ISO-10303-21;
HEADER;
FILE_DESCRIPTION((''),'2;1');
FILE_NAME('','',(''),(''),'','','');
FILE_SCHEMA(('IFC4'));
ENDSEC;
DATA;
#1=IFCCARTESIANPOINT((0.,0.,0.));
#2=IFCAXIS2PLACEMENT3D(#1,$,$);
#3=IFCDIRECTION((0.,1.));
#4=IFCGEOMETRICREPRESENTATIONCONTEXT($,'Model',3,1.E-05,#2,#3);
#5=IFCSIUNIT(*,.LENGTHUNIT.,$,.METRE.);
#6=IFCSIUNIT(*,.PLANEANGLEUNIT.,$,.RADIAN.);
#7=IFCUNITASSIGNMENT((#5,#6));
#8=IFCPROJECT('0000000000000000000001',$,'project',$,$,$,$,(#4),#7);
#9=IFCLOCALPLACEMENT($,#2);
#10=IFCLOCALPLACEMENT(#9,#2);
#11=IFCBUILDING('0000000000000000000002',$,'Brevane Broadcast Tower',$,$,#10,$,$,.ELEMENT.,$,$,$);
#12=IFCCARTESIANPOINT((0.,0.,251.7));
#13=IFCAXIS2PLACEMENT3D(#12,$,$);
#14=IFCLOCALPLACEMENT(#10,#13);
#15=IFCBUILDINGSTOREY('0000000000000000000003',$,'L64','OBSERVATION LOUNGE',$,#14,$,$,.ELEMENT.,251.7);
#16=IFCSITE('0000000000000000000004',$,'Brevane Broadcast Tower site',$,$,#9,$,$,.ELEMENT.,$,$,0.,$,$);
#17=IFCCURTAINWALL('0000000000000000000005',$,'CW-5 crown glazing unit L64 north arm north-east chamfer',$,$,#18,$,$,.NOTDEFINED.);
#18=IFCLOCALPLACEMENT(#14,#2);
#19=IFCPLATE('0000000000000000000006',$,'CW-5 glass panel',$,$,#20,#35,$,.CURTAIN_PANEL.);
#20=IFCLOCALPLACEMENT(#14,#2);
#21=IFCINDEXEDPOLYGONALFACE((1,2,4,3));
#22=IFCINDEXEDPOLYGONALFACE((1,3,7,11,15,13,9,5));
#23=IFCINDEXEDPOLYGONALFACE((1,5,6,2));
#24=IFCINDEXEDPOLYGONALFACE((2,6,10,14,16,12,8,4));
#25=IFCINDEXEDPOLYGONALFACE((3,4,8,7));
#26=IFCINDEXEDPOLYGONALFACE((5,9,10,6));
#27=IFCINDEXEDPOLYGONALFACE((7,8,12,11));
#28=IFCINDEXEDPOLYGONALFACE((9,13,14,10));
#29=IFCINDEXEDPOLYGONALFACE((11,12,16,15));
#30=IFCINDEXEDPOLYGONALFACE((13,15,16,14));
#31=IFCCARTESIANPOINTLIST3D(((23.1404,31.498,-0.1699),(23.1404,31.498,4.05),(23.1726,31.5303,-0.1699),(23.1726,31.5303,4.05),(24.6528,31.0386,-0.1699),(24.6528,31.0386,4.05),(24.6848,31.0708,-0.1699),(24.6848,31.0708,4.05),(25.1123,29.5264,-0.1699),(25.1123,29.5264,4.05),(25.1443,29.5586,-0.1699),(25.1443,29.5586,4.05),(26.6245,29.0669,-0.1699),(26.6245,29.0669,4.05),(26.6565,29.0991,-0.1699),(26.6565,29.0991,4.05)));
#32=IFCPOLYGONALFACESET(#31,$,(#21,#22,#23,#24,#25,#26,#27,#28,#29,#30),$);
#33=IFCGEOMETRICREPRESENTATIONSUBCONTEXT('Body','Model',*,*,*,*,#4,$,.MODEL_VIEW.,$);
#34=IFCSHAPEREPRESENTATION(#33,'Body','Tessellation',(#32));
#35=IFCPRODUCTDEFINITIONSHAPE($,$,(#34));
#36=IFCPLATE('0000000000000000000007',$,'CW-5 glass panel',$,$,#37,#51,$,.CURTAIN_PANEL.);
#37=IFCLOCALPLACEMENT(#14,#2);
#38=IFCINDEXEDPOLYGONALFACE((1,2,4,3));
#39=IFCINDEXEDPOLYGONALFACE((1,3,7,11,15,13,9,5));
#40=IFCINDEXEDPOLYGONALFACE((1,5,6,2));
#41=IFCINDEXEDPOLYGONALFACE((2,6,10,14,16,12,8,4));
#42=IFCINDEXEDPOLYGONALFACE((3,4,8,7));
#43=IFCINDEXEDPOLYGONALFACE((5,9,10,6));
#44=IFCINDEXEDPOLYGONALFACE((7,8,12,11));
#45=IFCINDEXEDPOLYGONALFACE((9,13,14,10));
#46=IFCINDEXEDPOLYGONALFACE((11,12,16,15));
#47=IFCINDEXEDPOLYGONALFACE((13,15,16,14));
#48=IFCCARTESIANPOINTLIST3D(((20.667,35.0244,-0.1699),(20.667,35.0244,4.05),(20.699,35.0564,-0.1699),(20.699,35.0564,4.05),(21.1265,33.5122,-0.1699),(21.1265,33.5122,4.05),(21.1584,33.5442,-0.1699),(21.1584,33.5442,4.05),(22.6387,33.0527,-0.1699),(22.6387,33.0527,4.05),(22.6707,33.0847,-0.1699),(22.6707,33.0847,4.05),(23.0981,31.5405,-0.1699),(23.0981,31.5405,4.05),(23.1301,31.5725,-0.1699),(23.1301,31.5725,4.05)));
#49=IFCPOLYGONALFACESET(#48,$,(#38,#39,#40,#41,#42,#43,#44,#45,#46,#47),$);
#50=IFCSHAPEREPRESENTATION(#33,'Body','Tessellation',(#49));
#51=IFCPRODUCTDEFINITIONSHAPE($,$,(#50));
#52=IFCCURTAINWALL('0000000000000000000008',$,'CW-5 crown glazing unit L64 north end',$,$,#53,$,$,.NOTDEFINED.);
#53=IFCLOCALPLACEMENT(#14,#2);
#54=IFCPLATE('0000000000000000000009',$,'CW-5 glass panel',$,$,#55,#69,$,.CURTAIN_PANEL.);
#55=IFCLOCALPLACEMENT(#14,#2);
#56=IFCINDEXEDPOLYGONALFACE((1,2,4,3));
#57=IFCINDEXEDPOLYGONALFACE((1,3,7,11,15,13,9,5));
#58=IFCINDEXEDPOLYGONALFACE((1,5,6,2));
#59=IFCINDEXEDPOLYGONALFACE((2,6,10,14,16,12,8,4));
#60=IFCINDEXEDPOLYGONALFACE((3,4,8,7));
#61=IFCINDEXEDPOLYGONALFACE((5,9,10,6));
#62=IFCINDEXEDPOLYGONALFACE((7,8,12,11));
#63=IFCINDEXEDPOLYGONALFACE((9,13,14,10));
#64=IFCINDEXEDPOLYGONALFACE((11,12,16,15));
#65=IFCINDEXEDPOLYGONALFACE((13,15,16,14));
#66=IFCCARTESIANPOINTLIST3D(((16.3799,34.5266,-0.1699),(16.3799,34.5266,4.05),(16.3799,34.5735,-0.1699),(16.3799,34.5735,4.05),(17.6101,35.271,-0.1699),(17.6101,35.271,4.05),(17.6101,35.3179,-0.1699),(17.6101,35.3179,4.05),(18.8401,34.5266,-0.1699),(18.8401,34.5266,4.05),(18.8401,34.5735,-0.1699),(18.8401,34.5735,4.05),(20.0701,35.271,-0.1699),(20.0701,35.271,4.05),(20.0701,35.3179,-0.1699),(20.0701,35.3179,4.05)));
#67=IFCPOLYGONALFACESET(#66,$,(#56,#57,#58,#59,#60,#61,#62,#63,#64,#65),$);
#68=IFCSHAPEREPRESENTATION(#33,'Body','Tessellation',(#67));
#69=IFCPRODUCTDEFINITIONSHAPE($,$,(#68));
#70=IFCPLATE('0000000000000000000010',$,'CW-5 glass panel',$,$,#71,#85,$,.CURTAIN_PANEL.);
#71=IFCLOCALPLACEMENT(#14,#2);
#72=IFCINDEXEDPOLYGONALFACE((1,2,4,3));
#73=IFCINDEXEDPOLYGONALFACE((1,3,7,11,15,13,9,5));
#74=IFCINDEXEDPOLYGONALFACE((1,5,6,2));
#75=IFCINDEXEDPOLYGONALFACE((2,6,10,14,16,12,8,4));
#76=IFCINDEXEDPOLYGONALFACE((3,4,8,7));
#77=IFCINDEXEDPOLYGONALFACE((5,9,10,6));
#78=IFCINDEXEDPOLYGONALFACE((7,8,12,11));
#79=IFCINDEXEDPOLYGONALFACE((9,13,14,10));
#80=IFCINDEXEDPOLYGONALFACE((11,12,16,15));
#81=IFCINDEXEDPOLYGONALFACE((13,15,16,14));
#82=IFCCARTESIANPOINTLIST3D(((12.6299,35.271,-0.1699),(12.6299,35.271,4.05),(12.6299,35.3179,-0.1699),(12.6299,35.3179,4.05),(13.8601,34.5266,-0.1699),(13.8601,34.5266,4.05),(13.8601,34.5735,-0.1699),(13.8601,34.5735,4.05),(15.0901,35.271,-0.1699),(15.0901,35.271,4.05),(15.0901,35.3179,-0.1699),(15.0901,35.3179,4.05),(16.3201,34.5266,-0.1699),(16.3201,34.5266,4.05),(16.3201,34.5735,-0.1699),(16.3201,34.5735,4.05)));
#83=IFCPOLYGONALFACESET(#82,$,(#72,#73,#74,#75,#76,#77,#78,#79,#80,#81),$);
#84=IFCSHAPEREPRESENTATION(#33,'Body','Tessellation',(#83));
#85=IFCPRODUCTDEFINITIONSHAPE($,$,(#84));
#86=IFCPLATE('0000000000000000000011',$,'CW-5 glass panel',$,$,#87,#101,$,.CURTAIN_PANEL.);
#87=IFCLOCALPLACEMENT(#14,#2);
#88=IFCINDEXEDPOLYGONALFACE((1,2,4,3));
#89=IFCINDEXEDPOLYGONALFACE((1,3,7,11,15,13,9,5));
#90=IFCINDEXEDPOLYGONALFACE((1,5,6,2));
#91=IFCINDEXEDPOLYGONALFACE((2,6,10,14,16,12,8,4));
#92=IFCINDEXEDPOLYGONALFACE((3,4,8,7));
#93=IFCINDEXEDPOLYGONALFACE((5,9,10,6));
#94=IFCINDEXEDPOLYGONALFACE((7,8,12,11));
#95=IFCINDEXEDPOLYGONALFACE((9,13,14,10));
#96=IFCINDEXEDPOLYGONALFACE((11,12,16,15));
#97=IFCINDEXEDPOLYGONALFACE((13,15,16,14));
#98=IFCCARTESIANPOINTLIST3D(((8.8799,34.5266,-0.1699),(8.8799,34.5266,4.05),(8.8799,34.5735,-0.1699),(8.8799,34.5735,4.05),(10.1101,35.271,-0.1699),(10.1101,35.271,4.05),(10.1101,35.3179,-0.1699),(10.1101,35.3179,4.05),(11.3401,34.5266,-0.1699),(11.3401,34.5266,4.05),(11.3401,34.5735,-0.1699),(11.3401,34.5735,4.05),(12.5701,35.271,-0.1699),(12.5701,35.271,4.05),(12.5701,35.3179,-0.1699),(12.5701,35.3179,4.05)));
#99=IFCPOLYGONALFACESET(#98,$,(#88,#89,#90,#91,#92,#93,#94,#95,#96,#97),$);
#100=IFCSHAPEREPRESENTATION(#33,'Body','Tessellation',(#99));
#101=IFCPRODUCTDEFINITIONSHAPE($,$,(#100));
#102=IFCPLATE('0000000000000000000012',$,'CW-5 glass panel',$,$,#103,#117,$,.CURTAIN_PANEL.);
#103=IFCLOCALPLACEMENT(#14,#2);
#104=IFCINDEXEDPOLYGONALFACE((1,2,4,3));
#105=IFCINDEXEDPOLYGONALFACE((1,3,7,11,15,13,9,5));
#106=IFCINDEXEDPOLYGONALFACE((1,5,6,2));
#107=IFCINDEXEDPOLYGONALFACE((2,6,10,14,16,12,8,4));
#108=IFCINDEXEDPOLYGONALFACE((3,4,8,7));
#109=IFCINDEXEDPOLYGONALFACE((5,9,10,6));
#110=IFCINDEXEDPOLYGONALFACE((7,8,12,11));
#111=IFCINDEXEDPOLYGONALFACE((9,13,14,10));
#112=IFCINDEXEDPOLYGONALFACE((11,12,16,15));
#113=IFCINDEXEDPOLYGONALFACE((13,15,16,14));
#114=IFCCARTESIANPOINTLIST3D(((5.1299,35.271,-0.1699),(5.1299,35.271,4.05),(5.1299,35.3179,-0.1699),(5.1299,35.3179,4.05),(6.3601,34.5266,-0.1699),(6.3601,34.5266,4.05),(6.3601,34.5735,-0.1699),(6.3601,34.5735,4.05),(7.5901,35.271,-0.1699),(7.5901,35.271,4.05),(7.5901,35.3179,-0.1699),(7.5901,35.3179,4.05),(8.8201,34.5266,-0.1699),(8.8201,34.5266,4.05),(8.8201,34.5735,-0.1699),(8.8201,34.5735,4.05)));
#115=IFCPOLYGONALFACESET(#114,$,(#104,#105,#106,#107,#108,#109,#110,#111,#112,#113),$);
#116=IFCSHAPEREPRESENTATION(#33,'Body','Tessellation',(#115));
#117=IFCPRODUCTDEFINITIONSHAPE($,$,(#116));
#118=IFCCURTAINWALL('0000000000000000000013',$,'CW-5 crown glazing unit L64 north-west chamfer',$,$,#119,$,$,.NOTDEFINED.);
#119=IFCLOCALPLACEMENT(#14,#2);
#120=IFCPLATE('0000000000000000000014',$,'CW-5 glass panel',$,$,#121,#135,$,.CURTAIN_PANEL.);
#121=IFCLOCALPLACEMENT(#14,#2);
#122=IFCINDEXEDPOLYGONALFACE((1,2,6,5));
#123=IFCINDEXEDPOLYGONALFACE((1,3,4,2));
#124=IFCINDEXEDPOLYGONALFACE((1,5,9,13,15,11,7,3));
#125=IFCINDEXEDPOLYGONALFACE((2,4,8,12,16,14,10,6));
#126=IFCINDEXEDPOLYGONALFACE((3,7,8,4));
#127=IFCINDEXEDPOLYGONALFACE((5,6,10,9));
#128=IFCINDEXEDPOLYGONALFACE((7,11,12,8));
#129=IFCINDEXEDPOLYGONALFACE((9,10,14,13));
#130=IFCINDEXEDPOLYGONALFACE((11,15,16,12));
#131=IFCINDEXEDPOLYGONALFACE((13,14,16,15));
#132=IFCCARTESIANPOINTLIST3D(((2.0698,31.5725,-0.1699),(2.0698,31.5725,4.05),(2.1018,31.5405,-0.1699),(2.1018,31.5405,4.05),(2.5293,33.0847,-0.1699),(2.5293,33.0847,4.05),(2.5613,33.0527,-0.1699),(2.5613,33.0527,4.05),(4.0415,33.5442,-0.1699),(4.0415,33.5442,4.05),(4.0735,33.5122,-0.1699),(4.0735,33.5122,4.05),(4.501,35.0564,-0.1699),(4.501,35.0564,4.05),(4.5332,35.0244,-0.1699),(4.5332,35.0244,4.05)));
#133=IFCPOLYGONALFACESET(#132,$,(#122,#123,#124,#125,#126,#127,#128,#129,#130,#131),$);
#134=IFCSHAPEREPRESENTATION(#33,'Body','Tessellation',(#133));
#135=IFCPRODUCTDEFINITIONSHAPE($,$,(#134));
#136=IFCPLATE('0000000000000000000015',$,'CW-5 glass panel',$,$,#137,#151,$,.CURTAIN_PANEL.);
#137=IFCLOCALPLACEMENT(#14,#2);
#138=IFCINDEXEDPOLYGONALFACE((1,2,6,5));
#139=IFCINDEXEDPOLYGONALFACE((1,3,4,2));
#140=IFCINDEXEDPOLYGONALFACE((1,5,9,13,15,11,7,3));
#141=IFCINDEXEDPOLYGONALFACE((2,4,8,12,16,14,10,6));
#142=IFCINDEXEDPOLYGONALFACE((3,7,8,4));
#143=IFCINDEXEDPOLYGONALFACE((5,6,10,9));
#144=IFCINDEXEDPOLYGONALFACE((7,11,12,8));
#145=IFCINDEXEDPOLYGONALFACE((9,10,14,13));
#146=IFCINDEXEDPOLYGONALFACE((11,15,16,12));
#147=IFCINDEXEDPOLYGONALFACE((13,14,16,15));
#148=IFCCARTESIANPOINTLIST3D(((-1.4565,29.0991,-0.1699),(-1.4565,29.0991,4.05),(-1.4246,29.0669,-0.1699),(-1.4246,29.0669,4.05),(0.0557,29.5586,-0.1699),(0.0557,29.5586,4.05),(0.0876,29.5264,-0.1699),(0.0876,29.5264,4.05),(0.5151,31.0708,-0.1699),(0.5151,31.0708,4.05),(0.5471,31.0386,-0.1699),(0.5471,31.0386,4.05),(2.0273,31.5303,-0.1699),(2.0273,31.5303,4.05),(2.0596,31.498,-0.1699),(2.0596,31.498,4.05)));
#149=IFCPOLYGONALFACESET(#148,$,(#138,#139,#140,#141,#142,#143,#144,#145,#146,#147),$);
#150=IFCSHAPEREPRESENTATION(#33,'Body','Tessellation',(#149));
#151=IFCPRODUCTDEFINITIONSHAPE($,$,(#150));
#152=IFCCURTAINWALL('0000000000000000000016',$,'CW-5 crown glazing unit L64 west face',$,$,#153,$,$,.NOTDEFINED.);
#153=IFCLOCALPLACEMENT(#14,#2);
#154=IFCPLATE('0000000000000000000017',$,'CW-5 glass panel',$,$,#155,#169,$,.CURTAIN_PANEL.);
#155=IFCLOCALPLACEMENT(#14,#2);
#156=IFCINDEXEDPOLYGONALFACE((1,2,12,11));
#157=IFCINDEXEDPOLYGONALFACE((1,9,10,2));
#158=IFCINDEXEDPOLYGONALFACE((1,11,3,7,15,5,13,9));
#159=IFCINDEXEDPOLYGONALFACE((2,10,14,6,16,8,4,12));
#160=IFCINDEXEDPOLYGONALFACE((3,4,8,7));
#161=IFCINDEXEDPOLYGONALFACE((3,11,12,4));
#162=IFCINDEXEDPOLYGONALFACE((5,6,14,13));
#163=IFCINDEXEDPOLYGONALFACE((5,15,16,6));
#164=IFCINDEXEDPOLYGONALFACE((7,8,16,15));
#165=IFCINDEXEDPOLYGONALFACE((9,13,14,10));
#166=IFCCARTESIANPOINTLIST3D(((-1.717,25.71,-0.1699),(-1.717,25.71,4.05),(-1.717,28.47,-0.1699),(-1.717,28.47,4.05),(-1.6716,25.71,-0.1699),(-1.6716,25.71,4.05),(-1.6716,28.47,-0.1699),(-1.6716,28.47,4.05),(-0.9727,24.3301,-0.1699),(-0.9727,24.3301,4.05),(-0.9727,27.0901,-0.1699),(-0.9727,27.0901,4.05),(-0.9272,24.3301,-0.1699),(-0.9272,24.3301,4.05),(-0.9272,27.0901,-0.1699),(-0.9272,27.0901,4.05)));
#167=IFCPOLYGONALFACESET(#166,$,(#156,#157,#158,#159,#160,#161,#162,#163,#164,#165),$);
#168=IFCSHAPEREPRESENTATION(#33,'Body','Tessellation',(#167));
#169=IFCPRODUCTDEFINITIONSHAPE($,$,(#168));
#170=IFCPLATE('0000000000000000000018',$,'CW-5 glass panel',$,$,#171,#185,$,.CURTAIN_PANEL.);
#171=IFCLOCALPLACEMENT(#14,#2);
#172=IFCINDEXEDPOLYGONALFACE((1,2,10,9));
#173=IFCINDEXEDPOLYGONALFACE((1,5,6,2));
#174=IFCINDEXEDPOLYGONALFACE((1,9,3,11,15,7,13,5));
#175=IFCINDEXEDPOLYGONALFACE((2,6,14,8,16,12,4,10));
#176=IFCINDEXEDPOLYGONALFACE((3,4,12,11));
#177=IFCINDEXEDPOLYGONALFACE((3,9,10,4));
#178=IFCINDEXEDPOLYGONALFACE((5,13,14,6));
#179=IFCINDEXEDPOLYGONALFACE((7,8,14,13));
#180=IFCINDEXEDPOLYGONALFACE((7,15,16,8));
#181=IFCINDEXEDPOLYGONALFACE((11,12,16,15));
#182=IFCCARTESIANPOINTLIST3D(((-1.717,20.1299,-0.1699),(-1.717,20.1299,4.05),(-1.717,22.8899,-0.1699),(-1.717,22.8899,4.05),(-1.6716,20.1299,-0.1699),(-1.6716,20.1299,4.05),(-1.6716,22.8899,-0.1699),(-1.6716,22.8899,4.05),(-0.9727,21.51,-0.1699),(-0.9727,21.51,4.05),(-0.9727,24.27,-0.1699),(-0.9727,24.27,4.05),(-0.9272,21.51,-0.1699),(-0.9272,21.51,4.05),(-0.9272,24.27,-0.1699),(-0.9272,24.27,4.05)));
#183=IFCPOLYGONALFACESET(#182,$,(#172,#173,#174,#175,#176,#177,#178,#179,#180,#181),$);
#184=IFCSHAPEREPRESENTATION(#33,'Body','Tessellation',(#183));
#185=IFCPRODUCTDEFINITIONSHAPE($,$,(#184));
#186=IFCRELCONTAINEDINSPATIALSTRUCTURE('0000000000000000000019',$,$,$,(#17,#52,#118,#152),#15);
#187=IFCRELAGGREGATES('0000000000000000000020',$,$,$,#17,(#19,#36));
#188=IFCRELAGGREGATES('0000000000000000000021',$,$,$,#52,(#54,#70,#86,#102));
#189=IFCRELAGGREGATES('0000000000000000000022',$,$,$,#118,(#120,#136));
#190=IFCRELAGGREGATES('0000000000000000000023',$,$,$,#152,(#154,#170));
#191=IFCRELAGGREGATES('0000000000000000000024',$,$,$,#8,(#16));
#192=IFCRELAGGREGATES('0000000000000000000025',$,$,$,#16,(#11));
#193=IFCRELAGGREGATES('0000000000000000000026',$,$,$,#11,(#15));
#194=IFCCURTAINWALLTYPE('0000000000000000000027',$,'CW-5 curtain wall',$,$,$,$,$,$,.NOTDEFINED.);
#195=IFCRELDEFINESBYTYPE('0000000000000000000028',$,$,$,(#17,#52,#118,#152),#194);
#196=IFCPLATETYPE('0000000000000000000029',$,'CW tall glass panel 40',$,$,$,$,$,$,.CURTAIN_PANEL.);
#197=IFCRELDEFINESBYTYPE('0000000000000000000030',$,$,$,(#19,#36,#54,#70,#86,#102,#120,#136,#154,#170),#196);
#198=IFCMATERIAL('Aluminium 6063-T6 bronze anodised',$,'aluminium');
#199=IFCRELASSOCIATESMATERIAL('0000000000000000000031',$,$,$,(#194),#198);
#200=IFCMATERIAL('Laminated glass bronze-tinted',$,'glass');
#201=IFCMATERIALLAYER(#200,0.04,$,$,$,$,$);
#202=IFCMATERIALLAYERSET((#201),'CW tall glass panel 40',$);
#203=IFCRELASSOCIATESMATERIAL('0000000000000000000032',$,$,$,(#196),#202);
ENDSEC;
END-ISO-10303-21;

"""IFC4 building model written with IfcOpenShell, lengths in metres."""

from ifc_helpers import new_model, si_unit, direction, frame, origin, place, context, subcontext, project, spatial, polyline, outline, extrude, material, layer, layer_set, type_object, element, aggregate, save


model = new_model("IFC4")

# Units and contexts
model_context = context("Model", 3, precision=1e-05, world=origin(), true_north=direction((0.0, 1.0)))
body_context = subcontext(model_context, "Body", "Model", "MODEL_VIEW")
ifc_project = project(units=[si_unit("LENGTHUNIT", "METRE"), si_unit("PLANEANGLEUNIT", "RADIAN")], contexts=[model_context])

# Site, building, storey
site_placement = place(None, origin())
site = spatial("IfcSite", under=ifc_project, at=site_placement, Name="Brevane Broadcast Tower site", CompositionType="ELEMENT", RefElevation=0.0)
building_placement = place(site_placement, origin())
building = spatial("IfcBuilding", under=site, at=building_placement, Name="Brevane Broadcast Tower", CompositionType="ELEMENT")
storey_placement = place(building_placement, frame((0.0, 0.0, 251.7)))
storey = spatial("IfcBuildingStorey", under=building, at=storey_placement, Name="L64", Description="OBSERVATION LOUNGE", CompositionType="ELEMENT", Elevation=251.7)

# Curtain walls, plates
ifc_material_1 = material(Name="Aluminium 6063-T6 bronze anodised", Category="aluminium")
curtain_wall_type = type_object("IfcCurtainWallType", Name="CW-5 curtain wall", PredefinedType="NOTDEFINED", material=ifc_material_1)
ifc_material_2 = material(Name="Laminated glass bronze-tinted", Category="glass")
ifc_layer = layer(ifc_material_2, 0.04)
ifc_layer_set = layer_set([ifc_layer], Name="CW tall glass panel 40")
plate_type = type_object("IfcPlateType", Name="CW tall glass panel 40", PredefinedType="CURTAIN_PANEL", material=ifc_layer_set)
curtain_wall_1_placement = place(storey_placement, origin())
curtain_wall_1 = element("IfcCurtainWall", 1, at=curtain_wall_1_placement, inside=storey, type_object=curtain_wall_type, Name="CW-5 crown glazing unit L64 north arm north-east chamfer", PredefinedType="NOTDEFINED")
plate_1_placement = place(storey_placement, frame((0.0, 0.0, -0.1699)))
plate_1 = element("IfcPlate", 2, at=plate_1_placement, type_object=plate_type, Name="CW-5 glass panel", PredefinedType="CURTAIN_PANEL", context=body_context, shape_type="SweptSolid", body=[
    extrude(outline(polyline([(26.6245, 29.0669), (26.6565, 29.0991), (25.1443, 29.5586), (24.6848, 31.0708), (23.1726, 31.5303), (23.1404, 31.498), (24.6528, 31.0386), (25.1123, 29.5264), (26.6245, 29.0669)])), origin(), (0.0, 0.0, 1.0), 4.22),
])
plate_2_placement = place(storey_placement, frame((0.0, 0.0, -0.1699)))
plate_2 = element("IfcPlate", 3, at=plate_2_placement, type_object=plate_type, Name="CW-5 glass panel", PredefinedType="CURTAIN_PANEL", context=body_context, shape_type="SweptSolid", body=[
    extrude(outline(polyline([(23.0981, 31.5405), (23.1301, 31.5725), (22.6707, 33.0847), (21.1584, 33.5442), (20.699, 35.0564), (20.667, 35.0244), (21.1265, 33.5122), (22.6387, 33.0527), (23.0981, 31.5405)])), origin(), (0.0, 0.0, 1.0), 4.22),
])
aggregate(curtain_wall_1, [plate_1, plate_2])
curtain_wall_2_placement = place(storey_placement, origin())
curtain_wall_2 = element("IfcCurtainWall", 4, at=curtain_wall_2_placement, inside=storey, type_object=curtain_wall_type, Name="CW-5 crown glazing unit L64 north end", PredefinedType="NOTDEFINED")
plate_3_placement = place(storey_placement, frame((0.0, 0.0, -0.1699)))
plate_3 = element("IfcPlate", 5, at=plate_3_placement, type_object=plate_type, Name="CW-5 glass panel", PredefinedType="CURTAIN_PANEL", context=body_context, shape_type="SweptSolid", body=[
    extrude(outline(polyline([(20.0701, 35.271), (20.0701, 35.3179), (18.8401, 34.5735), (17.6101, 35.3179), (16.3799, 34.5735), (16.3799, 34.5266), (17.6101, 35.271), (18.8401, 34.5266), (20.0701, 35.271)])), origin(), (0.0, 0.0, 1.0), 4.22),
])
plate_4_placement = place(storey_placement, frame((0.0, 0.0, -0.1699)))
plate_4 = element("IfcPlate", 6, at=plate_4_placement, type_object=plate_type, Name="CW-5 glass panel", PredefinedType="CURTAIN_PANEL", context=body_context, shape_type="SweptSolid", body=[
    extrude(outline(polyline([(16.3201, 34.5266), (16.3201, 34.5735), (15.0901, 35.3179), (13.8601, 34.5735), (12.6299, 35.3179), (12.6299, 35.271), (13.8601, 34.5266), (15.0901, 35.271), (16.3201, 34.5266)])), origin(), (0.0, 0.0, 1.0), 4.22),
])
plate_5_placement = place(storey_placement, frame((0.0, 0.0, -0.1699)))
plate_5 = element("IfcPlate", 7, at=plate_5_placement, type_object=plate_type, Name="CW-5 glass panel", PredefinedType="CURTAIN_PANEL", context=body_context, shape_type="SweptSolid", body=[
    extrude(outline(polyline([(12.5701, 35.271), (12.5701, 35.3179), (11.3401, 34.5735), (10.1101, 35.3179), (8.8799, 34.5735), (8.8799, 34.5266), (10.1101, 35.271), (11.3401, 34.5266), (12.5701, 35.271)])), origin(), (0.0, 0.0, 1.0), 4.22),
])
plate_6_placement = place(storey_placement, frame((0.0, 0.0, -0.1699)))
plate_6 = element("IfcPlate", 8, at=plate_6_placement, type_object=plate_type, Name="CW-5 glass panel", PredefinedType="CURTAIN_PANEL", context=body_context, shape_type="SweptSolid", body=[
    extrude(outline(polyline([(8.8201, 34.5266), (8.8201, 34.5735), (7.5901, 35.3179), (6.3601, 34.5735), (5.1299, 35.3179), (5.1299, 35.271), (6.3601, 34.5266), (7.5901, 35.271), (8.8201, 34.5266)])), origin(), (0.0, 0.0, 1.0), 4.22),
])
aggregate(curtain_wall_2, [plate_3, plate_4, plate_5, plate_6])
curtain_wall_3_placement = place(storey_placement, origin())
curtain_wall_3 = element("IfcCurtainWall", 9, at=curtain_wall_3_placement, inside=storey, type_object=curtain_wall_type, Name="CW-5 crown glazing unit L64 north-west chamfer", PredefinedType="NOTDEFINED")
plate_7_placement = place(storey_placement, frame((0.0, 0.0, -0.1699)))
plate_7 = element("IfcPlate", 10, at=plate_7_placement, type_object=plate_type, Name="CW-5 glass panel", PredefinedType="CURTAIN_PANEL", context=body_context, shape_type="SweptSolid", body=[
    extrude(outline(polyline([(4.5332, 35.0244), (4.501, 35.0564), (4.0415, 33.5442), (2.5293, 33.0847), (2.0698, 31.5725), (2.1018, 31.5405), (2.5613, 33.0527), (4.0735, 33.5122), (4.5332, 35.0244)])), origin(), (0.0, 0.0, 1.0), 4.22),
])
plate_8_placement = place(storey_placement, frame((0.0, 0.0, -0.1699)))
plate_8 = element("IfcPlate", 11, at=plate_8_placement, type_object=plate_type, Name="CW-5 glass panel", PredefinedType="CURTAIN_PANEL", context=body_context, shape_type="SweptSolid", body=[
    extrude(outline(polyline([(2.0596, 31.498), (2.0273, 31.5303), (0.5151, 31.0708), (0.0557, 29.5586), (-1.4565, 29.0991), (-1.4246, 29.0669), (0.0876, 29.5264), (0.5471, 31.0386), (2.0596, 31.498)])), origin(), (0.0, 0.0, 1.0), 4.22),
])
aggregate(curtain_wall_3, [plate_7, plate_8])
curtain_wall_4_placement = place(storey_placement, origin())
curtain_wall_4 = element("IfcCurtainWall", 12, at=curtain_wall_4_placement, inside=storey, type_object=curtain_wall_type, Name="CW-5 crown glazing unit L64 west face", PredefinedType="NOTDEFINED")
plate_9_placement = place(storey_placement, frame((0.0, 0.0, -0.1699)))
plate_9 = element("IfcPlate", 13, at=plate_9_placement, type_object=plate_type, Name="CW-5 glass panel", PredefinedType="CURTAIN_PANEL", context=body_context, shape_type="SweptSolid", body=[
    extrude(outline(polyline([(-1.6716, 28.47), (-1.717, 28.47), (-0.9727, 27.0901), (-1.717, 25.71), (-0.9727, 24.3301), (-0.9272, 24.3301), (-1.6716, 25.71), (-0.9272, 27.0901), (-1.6716, 28.47)])), origin(), (0.0, 0.0, 1.0), 4.22),
])
plate_10_placement = place(storey_placement, frame((0.0, 0.0, -0.1699)))
plate_10 = element("IfcPlate", 14, at=plate_10_placement, type_object=plate_type, Name="CW-5 glass panel", PredefinedType="CURTAIN_PANEL", context=body_context, shape_type="SweptSolid", body=[
    extrude(outline(polyline([(-0.9272, 24.27), (-0.9727, 24.27), (-1.717, 22.8899), (-0.9727, 21.51), (-1.717, 20.1299), (-1.6716, 20.1299), (-0.9272, 21.51), (-1.6716, 22.8899), (-0.9272, 24.27)])), origin(), (0.0, 0.0, 1.0), 4.22),
])
aggregate(curtain_wall_4, [plate_9, plate_10])

save(model, "model.ifc")
